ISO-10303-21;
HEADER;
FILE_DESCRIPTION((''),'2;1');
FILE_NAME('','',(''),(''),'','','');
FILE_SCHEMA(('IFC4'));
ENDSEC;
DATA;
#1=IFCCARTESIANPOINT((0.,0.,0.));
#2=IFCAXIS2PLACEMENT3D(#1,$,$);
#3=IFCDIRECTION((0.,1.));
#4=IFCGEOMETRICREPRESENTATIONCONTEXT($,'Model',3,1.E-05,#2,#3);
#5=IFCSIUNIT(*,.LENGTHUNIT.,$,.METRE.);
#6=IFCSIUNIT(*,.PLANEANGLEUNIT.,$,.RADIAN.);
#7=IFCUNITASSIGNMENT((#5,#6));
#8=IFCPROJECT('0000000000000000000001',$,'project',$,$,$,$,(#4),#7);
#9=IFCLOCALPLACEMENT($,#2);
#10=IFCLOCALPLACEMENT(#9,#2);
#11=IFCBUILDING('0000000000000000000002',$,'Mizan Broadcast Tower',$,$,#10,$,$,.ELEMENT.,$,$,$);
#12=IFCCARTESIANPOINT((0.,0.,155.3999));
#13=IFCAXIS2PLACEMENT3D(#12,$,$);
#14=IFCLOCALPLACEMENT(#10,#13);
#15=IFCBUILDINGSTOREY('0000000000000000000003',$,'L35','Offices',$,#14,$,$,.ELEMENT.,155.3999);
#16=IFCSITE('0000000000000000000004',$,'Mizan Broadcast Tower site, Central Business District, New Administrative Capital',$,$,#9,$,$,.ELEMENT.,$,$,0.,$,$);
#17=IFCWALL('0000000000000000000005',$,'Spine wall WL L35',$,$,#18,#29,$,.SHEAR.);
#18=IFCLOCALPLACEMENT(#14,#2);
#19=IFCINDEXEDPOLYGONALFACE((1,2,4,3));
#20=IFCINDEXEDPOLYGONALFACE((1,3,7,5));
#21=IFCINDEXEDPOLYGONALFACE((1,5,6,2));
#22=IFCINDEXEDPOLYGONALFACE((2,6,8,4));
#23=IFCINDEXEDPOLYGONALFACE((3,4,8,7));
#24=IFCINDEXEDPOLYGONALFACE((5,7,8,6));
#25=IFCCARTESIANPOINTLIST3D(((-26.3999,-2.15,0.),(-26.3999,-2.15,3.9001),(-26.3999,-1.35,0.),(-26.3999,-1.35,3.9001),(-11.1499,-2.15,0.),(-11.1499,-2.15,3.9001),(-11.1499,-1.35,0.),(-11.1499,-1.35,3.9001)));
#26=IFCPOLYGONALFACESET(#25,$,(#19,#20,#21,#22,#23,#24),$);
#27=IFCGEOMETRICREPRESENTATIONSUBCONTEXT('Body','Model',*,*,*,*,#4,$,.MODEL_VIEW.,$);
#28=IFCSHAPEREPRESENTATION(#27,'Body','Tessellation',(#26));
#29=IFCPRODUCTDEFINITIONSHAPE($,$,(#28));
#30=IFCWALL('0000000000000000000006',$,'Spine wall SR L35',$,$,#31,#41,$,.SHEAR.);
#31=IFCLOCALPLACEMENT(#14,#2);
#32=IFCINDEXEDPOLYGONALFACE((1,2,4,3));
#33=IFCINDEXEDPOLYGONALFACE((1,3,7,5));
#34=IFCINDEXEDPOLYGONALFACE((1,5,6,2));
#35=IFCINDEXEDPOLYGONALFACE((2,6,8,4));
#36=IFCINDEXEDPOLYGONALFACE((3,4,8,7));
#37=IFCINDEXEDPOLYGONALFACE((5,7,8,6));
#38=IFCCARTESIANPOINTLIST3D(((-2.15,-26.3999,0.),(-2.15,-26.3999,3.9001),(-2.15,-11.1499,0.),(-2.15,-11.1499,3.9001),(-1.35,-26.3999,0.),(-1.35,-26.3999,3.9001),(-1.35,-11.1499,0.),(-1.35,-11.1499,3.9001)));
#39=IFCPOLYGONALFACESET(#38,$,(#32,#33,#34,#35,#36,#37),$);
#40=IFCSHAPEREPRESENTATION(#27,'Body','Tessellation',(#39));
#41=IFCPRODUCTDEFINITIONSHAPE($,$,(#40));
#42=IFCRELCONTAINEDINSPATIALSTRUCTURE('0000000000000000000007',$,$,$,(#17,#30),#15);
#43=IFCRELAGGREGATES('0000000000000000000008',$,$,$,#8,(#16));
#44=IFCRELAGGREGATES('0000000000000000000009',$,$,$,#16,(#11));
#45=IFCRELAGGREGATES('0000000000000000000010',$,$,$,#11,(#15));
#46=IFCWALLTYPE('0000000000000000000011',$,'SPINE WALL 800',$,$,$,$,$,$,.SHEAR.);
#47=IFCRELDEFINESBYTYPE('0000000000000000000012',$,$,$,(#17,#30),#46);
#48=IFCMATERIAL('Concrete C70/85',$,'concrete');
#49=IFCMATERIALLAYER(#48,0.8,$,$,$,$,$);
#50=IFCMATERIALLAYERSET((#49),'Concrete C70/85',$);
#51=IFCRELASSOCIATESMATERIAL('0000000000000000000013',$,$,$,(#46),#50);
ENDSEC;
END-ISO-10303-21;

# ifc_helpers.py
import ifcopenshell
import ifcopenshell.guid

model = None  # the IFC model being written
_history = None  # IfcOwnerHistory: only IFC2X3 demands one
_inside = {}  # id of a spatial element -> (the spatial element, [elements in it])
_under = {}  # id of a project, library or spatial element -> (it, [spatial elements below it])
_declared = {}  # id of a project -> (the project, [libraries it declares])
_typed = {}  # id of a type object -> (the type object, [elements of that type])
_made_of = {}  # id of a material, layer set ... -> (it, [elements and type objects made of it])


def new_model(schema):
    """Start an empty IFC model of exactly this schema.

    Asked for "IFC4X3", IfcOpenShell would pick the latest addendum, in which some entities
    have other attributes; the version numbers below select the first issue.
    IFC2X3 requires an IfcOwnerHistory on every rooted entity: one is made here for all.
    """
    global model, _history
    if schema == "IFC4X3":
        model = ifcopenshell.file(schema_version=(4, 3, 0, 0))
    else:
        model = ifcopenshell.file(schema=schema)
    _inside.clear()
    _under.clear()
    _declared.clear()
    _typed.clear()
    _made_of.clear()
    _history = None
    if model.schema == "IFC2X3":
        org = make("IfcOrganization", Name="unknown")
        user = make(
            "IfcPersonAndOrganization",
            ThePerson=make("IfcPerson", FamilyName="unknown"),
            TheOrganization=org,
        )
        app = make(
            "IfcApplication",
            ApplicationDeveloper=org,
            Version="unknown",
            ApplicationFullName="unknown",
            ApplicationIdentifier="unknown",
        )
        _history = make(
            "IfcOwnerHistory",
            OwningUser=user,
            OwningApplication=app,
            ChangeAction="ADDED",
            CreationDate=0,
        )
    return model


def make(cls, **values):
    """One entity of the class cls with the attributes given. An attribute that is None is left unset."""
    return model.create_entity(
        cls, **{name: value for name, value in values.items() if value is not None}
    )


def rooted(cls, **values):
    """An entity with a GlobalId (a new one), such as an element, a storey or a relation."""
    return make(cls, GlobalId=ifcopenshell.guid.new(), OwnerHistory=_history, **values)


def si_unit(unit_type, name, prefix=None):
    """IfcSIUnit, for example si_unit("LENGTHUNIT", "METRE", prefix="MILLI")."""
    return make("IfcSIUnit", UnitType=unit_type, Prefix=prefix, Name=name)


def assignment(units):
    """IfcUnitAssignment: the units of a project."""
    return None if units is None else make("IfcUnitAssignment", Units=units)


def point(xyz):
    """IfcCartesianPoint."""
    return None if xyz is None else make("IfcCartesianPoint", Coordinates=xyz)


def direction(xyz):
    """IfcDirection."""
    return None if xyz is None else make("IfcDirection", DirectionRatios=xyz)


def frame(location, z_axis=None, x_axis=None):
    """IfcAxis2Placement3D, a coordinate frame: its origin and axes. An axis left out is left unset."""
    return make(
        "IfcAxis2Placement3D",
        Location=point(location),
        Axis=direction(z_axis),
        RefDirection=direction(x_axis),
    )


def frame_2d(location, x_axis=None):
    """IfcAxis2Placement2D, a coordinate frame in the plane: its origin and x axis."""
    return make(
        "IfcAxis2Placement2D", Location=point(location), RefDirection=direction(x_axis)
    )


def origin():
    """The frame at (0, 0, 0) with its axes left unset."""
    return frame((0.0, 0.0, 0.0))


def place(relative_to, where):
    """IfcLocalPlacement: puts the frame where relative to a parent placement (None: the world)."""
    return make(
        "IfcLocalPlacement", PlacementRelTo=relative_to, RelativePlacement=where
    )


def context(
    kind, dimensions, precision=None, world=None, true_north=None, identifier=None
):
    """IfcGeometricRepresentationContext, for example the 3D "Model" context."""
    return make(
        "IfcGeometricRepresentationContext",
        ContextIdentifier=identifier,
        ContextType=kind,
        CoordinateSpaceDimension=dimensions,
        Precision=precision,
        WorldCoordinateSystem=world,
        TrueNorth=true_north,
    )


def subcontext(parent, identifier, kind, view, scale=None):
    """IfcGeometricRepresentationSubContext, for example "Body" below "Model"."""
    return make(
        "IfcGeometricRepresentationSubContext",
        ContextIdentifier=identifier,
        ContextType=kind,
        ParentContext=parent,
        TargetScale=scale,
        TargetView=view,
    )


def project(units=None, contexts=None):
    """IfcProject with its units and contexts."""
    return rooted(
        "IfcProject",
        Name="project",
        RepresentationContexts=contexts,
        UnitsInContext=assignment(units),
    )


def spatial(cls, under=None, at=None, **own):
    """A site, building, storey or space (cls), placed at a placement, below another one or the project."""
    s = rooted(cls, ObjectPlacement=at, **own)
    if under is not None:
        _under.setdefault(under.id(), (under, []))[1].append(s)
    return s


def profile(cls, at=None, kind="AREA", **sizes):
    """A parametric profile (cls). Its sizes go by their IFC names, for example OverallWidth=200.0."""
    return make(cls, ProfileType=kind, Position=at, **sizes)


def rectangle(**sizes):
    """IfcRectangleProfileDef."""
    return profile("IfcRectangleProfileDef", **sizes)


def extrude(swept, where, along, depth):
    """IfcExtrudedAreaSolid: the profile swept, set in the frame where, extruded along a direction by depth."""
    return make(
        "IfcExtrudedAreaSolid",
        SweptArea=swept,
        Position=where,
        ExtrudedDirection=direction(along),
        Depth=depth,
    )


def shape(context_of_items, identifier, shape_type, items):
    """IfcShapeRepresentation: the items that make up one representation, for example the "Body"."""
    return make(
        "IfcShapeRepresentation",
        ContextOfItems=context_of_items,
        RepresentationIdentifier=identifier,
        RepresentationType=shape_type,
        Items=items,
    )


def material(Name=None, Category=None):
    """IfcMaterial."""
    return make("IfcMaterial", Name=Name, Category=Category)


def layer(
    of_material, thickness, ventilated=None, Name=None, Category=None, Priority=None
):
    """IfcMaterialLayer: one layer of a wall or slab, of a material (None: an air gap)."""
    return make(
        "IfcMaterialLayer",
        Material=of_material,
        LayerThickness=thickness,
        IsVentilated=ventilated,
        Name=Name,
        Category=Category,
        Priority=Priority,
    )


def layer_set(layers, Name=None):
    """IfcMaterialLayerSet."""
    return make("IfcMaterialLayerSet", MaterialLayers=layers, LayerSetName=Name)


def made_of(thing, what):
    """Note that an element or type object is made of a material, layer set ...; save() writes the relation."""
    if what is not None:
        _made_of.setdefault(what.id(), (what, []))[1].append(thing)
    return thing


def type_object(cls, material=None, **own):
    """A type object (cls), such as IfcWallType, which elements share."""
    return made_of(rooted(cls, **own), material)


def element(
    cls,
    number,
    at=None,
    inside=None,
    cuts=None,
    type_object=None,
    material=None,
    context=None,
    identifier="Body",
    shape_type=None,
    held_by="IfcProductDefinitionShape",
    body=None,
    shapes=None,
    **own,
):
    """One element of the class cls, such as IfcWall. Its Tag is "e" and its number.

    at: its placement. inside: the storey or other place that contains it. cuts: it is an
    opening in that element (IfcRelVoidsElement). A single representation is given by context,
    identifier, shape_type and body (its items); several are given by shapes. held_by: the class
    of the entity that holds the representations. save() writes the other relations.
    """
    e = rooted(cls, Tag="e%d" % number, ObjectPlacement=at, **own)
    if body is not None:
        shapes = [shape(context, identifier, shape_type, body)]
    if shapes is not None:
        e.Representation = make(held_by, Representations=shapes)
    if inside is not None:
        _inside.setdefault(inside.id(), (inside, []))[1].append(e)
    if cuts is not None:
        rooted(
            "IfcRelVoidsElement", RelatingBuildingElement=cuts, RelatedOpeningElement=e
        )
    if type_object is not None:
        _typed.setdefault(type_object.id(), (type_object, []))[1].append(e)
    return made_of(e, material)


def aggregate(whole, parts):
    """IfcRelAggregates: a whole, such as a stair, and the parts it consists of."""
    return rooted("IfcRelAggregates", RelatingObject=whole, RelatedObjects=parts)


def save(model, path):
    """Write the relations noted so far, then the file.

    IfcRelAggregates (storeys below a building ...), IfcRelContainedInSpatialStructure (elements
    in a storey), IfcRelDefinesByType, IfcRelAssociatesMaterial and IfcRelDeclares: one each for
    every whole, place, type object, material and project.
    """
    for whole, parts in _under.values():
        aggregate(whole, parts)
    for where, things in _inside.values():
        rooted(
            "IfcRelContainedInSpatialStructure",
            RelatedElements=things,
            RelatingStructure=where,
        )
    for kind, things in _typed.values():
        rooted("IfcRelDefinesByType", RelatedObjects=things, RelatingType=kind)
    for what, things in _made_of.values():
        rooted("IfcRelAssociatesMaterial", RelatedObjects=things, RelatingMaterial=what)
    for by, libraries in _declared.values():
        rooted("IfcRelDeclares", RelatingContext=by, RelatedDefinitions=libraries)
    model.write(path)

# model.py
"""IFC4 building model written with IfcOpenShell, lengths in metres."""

from ifc_helpers import new_model, si_unit, direction, frame, frame_2d, origin, place, context, subcontext, project, spatial, rectangle, extrude, material, layer, layer_set, type_object, element, save


model = new_model("IFC4")

# Units and contexts
model_context = context("Model", 3, precision=1e-05, world=origin(), true_north=direction((0.0, 1.0)))
body_context = subcontext(model_context, "Body", "Model", "MODEL_VIEW")
ifc_project = project(units=[si_unit("LENGTHUNIT", "METRE"), si_unit("PLANEANGLEUNIT", "RADIAN")], contexts=[model_context])

# Site, building, storey
site_placement = place(None, origin())
site = spatial("IfcSite", under=ifc_project, at=site_placement, Name="Mizan Broadcast Tower site, Central Business District, New Administrative Capital", CompositionType="ELEMENT", RefElevation=0.0)
building_placement = place(site_placement, origin())
building = spatial("IfcBuilding", under=site, at=building_placement, Name="Mizan Broadcast Tower", CompositionType="ELEMENT")
storey_placement = place(building_placement, frame((0.0, 0.0, 155.3999)))
storey = spatial("IfcBuildingStorey", under=building, at=storey_placement, Name="L35", Description="Offices", CompositionType="ELEMENT", Elevation=155.3999)

# Walls
ifc_material_1 = material(Name="Concrete C70/85", Category="concrete")
ifc_layer_1 = layer(ifc_material_1, 0.8)
ifc_layer_set_1 = layer_set([ifc_layer_1], Name="Concrete C70/85")
wall_type_1 = type_object("IfcWallType", Name="SPINE WALL 800", PredefinedType="SHEAR", material=ifc_layer_set_1)
for number, where, z_axis, x_axis, name in (
    (1, (-11.1499, -1.75, 0.0), (0.0, 0.0, 1.0), (-1.0, 0.0, 0.0), "Spine wall WL L35"),
    (2, (-1.75, -11.1499, 0.0), (0.0, 0.0, 1.0), (0.0, -1.0, 0.0), "Spine wall SR L35"),
):
    element("IfcWall", number, at=place(storey_placement, frame(where, z_axis=z_axis, x_axis=x_axis)), inside=storey, type_object=wall_type_1, Name=name, PredefinedType="SHEAR", context=body_context, shape_type="SweptSolid", body=[
        extrude(rectangle(XDim=15.25, YDim=0.8, at=frame_2d((7.625, 0.0))), origin(), (0.0, 0.0, 1.0), 3.9001),
    ])

save(model, "model.ifc")
